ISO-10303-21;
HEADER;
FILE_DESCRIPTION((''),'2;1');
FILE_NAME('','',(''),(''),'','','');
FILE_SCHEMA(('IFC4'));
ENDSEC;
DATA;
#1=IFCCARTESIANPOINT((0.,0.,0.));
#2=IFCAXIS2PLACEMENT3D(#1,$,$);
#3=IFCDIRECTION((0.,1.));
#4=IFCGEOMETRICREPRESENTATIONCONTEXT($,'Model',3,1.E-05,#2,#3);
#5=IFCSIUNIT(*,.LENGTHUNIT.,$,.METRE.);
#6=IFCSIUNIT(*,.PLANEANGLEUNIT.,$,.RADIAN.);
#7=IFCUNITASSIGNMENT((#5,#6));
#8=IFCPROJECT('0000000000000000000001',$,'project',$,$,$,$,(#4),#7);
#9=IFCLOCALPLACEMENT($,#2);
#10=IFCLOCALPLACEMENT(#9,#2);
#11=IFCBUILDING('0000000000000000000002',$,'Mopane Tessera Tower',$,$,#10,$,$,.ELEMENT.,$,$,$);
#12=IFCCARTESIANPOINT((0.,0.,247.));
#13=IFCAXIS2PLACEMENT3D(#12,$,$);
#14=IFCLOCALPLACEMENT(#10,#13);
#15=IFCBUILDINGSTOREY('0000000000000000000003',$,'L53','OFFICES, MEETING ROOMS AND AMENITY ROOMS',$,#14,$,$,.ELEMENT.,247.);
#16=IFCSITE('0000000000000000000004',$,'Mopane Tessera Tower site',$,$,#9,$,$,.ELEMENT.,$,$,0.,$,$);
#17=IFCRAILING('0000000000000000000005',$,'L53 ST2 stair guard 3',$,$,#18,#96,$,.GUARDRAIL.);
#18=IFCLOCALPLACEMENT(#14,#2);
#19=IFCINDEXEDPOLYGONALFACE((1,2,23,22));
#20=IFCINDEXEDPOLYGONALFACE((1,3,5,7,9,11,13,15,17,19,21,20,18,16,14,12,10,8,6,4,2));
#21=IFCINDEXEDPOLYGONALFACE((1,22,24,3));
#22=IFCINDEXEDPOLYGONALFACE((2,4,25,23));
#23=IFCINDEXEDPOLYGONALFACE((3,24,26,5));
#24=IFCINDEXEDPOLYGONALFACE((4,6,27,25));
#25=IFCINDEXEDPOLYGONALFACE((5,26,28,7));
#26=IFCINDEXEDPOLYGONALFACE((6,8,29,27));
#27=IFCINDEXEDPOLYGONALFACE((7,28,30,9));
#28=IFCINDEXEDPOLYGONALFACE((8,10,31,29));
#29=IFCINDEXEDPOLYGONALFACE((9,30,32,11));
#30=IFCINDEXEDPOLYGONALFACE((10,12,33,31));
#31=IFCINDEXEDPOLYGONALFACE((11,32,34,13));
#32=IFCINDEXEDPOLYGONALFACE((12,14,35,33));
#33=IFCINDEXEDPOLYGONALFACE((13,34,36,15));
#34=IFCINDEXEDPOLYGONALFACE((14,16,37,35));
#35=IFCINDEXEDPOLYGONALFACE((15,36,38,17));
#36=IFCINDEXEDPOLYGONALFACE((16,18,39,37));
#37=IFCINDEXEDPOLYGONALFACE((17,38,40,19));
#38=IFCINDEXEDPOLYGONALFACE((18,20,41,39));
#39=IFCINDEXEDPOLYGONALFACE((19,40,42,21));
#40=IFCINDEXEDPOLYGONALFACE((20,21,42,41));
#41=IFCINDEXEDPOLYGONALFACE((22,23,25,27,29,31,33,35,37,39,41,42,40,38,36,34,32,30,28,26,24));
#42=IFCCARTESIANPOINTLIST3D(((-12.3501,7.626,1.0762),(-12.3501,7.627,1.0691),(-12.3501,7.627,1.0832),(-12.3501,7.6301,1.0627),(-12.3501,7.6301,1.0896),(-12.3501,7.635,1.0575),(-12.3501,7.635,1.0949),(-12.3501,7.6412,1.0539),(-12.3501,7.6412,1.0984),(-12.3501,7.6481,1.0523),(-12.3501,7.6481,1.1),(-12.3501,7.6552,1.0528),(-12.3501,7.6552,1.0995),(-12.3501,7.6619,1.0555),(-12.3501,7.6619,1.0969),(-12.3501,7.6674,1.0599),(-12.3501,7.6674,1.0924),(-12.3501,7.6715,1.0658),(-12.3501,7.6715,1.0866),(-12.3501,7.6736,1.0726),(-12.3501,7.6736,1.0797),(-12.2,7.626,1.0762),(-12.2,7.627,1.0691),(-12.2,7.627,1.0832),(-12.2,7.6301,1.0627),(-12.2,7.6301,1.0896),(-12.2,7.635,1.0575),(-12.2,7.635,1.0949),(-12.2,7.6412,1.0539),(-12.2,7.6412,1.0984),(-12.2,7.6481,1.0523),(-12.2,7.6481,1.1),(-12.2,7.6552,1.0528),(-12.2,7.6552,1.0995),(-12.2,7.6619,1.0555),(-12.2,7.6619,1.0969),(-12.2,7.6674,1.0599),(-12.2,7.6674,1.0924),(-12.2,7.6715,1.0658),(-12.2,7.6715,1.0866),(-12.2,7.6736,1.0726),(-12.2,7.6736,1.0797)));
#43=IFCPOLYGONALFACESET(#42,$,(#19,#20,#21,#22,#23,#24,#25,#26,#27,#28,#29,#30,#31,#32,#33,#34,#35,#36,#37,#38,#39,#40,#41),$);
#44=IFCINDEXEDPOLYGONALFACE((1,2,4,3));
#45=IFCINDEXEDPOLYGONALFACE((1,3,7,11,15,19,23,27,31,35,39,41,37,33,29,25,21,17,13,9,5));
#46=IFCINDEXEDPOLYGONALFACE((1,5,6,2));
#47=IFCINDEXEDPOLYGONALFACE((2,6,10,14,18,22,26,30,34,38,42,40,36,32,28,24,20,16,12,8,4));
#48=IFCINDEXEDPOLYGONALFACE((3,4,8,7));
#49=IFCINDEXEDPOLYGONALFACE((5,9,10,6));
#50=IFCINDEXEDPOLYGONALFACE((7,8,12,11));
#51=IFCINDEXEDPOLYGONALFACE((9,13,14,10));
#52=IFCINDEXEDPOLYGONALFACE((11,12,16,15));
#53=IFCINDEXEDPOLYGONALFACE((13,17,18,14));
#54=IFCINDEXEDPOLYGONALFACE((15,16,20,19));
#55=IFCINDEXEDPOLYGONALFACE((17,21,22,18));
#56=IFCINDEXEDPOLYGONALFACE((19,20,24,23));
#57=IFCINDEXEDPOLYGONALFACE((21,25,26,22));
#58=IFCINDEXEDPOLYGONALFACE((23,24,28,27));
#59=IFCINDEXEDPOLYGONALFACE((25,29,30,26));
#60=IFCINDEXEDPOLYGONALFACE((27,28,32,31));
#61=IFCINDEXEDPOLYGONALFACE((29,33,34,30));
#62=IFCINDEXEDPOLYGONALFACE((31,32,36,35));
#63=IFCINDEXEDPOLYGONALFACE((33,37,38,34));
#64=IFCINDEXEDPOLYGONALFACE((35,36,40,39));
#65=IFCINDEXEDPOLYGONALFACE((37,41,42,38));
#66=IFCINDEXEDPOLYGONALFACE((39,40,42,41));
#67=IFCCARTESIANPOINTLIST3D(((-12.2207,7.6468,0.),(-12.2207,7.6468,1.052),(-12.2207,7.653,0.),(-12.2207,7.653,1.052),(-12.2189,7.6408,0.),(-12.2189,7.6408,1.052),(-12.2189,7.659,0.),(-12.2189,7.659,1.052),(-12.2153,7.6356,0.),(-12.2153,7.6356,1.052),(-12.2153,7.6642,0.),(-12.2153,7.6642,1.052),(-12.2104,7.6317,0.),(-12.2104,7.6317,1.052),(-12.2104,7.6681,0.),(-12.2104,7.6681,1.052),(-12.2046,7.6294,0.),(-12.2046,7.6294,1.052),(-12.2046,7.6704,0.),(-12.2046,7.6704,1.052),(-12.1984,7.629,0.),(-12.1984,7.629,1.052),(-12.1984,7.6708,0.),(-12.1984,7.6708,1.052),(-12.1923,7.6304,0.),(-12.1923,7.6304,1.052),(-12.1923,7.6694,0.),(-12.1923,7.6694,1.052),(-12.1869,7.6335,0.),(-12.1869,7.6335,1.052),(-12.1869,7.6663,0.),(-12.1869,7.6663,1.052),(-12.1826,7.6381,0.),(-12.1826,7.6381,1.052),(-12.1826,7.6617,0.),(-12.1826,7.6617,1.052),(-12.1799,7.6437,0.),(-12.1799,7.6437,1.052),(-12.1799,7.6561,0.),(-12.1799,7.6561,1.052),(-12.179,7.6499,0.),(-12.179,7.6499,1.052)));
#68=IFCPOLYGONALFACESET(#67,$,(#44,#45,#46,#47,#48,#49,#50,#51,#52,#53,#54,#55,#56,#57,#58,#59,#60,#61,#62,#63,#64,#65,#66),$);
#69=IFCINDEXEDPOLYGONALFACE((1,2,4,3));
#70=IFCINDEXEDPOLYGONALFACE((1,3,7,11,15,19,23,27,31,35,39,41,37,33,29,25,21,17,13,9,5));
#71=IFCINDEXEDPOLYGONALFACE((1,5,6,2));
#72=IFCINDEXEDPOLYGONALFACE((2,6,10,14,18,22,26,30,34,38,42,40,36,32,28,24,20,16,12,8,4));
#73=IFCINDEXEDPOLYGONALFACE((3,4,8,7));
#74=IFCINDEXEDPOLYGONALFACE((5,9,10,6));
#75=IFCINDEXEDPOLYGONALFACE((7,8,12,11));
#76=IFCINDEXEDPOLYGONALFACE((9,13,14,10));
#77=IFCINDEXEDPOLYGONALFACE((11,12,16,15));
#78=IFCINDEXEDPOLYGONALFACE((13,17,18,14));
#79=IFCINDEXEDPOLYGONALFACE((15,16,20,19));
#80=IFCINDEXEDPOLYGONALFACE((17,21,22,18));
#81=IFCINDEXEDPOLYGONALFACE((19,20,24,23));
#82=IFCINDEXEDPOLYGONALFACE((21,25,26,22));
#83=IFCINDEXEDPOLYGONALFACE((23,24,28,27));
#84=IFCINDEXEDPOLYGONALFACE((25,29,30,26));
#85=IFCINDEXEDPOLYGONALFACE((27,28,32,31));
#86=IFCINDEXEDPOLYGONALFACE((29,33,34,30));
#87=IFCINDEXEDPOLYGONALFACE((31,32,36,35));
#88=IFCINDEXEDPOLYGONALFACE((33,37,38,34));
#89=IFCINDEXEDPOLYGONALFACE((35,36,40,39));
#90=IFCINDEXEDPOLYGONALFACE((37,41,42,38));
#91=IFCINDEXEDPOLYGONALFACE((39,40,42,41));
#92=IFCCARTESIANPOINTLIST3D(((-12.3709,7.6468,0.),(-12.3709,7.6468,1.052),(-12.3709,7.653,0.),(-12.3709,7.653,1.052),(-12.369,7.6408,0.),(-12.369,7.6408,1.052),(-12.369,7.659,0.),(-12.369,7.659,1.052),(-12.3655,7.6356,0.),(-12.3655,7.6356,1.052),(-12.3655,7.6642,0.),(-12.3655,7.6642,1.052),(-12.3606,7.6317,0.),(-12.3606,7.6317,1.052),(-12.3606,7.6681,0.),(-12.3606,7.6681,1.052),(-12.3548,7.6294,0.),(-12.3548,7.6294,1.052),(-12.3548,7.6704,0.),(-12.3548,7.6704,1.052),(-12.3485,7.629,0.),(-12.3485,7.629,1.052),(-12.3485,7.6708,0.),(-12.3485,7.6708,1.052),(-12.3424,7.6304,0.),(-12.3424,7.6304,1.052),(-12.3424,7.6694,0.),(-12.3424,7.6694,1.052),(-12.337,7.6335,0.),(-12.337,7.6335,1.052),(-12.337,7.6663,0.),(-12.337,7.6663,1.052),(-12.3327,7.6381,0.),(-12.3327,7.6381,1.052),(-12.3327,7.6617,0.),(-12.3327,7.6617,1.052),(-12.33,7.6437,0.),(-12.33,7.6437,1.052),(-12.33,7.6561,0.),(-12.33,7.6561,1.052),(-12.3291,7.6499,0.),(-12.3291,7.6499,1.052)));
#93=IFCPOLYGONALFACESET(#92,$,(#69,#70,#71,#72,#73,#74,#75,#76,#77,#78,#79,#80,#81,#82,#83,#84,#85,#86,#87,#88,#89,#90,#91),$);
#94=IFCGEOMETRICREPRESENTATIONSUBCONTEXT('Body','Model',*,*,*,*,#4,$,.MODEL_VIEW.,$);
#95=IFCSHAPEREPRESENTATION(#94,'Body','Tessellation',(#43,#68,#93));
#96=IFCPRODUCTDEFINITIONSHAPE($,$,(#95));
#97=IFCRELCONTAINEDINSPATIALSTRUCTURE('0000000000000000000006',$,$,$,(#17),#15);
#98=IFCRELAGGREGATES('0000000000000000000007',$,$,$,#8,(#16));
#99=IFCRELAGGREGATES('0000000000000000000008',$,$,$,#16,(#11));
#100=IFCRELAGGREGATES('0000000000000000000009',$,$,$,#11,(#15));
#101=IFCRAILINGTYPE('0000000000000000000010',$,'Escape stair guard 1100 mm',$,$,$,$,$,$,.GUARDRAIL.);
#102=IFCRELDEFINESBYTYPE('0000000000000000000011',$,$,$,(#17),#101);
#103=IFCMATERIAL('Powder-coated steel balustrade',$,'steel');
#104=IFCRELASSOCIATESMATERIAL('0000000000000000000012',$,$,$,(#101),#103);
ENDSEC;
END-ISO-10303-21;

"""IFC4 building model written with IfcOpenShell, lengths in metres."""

from ifc_helpers import new_model, si_unit, direction, frame, origin, origin_2d, place, context, subcontext, project, spatial, circle, extrude, material, type_object, element, save


model = new_model("IFC4")

# Units and contexts
model_context = context("Model", 3, precision=1e-05, world=origin(), true_north=direction((0.0, 1.0)))
body_context = subcontext(model_context, "Body", "Model", "MODEL_VIEW")
ifc_project = project(units=[si_unit("LENGTHUNIT", "METRE"), si_unit("PLANEANGLEUNIT", "RADIAN")], contexts=[model_context])

# Site, building, storey
site_placement = place(None, origin())
site = spatial("IfcSite", under=ifc_project, at=site_placement, Name="Mopane Tessera Tower site", CompositionType="ELEMENT", RefElevation=0.0)
building_placement = place(site_placement, origin())
building = spatial("IfcBuilding", under=site, at=building_placement, Name="Mopane Tessera Tower", CompositionType="ELEMENT")
storey_placement = place(building_placement, frame((0.0, 0.0, 247.0)))
storey = spatial("IfcBuildingStorey", under=building, at=storey_placement, Name="L53", Description="OFFICES, MEETING ROOMS AND AMENITY ROOMS", CompositionType="ELEMENT", Elevation=247.0)

# Railing
ifc_material_1 = material(Name="Powder-coated steel balustrade", Category="steel")
railing_type_1 = type_object("IfcRailingType", Name="Escape stair guard 1100 mm", PredefinedType="GUARDRAIL", material=ifc_material_1)
railing_1_placement = place(storey_placement, frame((-12.2, 7.6499, 0.0)))
element("IfcRailing", 1, at=railing_1_placement, inside=storey, type_object=railing_type_1, Name="L53 ST2 stair guard 3", PredefinedType="GUARDRAIL", context=body_context, shape_type="SweptSolid", body=[
    extrude(circle(Radius=0.0239, at=origin_2d()), frame((0.0, 0.0, 1.0762), z_axis=(-1.0, 0.0, 0.0), x_axis=(0.0, -1.0, 0.0)), (0.0, 0.0, 1.0), 0.1501),
    extrude(circle(Radius=0.021, at=origin_2d()), origin(), (0.0, 0.0, 1.0), 1.052),
    extrude(circle(Radius=0.021, at=origin_2d()), frame((-0.1501, 0.0, 0.0)), (0.0, 0.0, 1.0), 1.052),
])

save(model, "model.ifc")
